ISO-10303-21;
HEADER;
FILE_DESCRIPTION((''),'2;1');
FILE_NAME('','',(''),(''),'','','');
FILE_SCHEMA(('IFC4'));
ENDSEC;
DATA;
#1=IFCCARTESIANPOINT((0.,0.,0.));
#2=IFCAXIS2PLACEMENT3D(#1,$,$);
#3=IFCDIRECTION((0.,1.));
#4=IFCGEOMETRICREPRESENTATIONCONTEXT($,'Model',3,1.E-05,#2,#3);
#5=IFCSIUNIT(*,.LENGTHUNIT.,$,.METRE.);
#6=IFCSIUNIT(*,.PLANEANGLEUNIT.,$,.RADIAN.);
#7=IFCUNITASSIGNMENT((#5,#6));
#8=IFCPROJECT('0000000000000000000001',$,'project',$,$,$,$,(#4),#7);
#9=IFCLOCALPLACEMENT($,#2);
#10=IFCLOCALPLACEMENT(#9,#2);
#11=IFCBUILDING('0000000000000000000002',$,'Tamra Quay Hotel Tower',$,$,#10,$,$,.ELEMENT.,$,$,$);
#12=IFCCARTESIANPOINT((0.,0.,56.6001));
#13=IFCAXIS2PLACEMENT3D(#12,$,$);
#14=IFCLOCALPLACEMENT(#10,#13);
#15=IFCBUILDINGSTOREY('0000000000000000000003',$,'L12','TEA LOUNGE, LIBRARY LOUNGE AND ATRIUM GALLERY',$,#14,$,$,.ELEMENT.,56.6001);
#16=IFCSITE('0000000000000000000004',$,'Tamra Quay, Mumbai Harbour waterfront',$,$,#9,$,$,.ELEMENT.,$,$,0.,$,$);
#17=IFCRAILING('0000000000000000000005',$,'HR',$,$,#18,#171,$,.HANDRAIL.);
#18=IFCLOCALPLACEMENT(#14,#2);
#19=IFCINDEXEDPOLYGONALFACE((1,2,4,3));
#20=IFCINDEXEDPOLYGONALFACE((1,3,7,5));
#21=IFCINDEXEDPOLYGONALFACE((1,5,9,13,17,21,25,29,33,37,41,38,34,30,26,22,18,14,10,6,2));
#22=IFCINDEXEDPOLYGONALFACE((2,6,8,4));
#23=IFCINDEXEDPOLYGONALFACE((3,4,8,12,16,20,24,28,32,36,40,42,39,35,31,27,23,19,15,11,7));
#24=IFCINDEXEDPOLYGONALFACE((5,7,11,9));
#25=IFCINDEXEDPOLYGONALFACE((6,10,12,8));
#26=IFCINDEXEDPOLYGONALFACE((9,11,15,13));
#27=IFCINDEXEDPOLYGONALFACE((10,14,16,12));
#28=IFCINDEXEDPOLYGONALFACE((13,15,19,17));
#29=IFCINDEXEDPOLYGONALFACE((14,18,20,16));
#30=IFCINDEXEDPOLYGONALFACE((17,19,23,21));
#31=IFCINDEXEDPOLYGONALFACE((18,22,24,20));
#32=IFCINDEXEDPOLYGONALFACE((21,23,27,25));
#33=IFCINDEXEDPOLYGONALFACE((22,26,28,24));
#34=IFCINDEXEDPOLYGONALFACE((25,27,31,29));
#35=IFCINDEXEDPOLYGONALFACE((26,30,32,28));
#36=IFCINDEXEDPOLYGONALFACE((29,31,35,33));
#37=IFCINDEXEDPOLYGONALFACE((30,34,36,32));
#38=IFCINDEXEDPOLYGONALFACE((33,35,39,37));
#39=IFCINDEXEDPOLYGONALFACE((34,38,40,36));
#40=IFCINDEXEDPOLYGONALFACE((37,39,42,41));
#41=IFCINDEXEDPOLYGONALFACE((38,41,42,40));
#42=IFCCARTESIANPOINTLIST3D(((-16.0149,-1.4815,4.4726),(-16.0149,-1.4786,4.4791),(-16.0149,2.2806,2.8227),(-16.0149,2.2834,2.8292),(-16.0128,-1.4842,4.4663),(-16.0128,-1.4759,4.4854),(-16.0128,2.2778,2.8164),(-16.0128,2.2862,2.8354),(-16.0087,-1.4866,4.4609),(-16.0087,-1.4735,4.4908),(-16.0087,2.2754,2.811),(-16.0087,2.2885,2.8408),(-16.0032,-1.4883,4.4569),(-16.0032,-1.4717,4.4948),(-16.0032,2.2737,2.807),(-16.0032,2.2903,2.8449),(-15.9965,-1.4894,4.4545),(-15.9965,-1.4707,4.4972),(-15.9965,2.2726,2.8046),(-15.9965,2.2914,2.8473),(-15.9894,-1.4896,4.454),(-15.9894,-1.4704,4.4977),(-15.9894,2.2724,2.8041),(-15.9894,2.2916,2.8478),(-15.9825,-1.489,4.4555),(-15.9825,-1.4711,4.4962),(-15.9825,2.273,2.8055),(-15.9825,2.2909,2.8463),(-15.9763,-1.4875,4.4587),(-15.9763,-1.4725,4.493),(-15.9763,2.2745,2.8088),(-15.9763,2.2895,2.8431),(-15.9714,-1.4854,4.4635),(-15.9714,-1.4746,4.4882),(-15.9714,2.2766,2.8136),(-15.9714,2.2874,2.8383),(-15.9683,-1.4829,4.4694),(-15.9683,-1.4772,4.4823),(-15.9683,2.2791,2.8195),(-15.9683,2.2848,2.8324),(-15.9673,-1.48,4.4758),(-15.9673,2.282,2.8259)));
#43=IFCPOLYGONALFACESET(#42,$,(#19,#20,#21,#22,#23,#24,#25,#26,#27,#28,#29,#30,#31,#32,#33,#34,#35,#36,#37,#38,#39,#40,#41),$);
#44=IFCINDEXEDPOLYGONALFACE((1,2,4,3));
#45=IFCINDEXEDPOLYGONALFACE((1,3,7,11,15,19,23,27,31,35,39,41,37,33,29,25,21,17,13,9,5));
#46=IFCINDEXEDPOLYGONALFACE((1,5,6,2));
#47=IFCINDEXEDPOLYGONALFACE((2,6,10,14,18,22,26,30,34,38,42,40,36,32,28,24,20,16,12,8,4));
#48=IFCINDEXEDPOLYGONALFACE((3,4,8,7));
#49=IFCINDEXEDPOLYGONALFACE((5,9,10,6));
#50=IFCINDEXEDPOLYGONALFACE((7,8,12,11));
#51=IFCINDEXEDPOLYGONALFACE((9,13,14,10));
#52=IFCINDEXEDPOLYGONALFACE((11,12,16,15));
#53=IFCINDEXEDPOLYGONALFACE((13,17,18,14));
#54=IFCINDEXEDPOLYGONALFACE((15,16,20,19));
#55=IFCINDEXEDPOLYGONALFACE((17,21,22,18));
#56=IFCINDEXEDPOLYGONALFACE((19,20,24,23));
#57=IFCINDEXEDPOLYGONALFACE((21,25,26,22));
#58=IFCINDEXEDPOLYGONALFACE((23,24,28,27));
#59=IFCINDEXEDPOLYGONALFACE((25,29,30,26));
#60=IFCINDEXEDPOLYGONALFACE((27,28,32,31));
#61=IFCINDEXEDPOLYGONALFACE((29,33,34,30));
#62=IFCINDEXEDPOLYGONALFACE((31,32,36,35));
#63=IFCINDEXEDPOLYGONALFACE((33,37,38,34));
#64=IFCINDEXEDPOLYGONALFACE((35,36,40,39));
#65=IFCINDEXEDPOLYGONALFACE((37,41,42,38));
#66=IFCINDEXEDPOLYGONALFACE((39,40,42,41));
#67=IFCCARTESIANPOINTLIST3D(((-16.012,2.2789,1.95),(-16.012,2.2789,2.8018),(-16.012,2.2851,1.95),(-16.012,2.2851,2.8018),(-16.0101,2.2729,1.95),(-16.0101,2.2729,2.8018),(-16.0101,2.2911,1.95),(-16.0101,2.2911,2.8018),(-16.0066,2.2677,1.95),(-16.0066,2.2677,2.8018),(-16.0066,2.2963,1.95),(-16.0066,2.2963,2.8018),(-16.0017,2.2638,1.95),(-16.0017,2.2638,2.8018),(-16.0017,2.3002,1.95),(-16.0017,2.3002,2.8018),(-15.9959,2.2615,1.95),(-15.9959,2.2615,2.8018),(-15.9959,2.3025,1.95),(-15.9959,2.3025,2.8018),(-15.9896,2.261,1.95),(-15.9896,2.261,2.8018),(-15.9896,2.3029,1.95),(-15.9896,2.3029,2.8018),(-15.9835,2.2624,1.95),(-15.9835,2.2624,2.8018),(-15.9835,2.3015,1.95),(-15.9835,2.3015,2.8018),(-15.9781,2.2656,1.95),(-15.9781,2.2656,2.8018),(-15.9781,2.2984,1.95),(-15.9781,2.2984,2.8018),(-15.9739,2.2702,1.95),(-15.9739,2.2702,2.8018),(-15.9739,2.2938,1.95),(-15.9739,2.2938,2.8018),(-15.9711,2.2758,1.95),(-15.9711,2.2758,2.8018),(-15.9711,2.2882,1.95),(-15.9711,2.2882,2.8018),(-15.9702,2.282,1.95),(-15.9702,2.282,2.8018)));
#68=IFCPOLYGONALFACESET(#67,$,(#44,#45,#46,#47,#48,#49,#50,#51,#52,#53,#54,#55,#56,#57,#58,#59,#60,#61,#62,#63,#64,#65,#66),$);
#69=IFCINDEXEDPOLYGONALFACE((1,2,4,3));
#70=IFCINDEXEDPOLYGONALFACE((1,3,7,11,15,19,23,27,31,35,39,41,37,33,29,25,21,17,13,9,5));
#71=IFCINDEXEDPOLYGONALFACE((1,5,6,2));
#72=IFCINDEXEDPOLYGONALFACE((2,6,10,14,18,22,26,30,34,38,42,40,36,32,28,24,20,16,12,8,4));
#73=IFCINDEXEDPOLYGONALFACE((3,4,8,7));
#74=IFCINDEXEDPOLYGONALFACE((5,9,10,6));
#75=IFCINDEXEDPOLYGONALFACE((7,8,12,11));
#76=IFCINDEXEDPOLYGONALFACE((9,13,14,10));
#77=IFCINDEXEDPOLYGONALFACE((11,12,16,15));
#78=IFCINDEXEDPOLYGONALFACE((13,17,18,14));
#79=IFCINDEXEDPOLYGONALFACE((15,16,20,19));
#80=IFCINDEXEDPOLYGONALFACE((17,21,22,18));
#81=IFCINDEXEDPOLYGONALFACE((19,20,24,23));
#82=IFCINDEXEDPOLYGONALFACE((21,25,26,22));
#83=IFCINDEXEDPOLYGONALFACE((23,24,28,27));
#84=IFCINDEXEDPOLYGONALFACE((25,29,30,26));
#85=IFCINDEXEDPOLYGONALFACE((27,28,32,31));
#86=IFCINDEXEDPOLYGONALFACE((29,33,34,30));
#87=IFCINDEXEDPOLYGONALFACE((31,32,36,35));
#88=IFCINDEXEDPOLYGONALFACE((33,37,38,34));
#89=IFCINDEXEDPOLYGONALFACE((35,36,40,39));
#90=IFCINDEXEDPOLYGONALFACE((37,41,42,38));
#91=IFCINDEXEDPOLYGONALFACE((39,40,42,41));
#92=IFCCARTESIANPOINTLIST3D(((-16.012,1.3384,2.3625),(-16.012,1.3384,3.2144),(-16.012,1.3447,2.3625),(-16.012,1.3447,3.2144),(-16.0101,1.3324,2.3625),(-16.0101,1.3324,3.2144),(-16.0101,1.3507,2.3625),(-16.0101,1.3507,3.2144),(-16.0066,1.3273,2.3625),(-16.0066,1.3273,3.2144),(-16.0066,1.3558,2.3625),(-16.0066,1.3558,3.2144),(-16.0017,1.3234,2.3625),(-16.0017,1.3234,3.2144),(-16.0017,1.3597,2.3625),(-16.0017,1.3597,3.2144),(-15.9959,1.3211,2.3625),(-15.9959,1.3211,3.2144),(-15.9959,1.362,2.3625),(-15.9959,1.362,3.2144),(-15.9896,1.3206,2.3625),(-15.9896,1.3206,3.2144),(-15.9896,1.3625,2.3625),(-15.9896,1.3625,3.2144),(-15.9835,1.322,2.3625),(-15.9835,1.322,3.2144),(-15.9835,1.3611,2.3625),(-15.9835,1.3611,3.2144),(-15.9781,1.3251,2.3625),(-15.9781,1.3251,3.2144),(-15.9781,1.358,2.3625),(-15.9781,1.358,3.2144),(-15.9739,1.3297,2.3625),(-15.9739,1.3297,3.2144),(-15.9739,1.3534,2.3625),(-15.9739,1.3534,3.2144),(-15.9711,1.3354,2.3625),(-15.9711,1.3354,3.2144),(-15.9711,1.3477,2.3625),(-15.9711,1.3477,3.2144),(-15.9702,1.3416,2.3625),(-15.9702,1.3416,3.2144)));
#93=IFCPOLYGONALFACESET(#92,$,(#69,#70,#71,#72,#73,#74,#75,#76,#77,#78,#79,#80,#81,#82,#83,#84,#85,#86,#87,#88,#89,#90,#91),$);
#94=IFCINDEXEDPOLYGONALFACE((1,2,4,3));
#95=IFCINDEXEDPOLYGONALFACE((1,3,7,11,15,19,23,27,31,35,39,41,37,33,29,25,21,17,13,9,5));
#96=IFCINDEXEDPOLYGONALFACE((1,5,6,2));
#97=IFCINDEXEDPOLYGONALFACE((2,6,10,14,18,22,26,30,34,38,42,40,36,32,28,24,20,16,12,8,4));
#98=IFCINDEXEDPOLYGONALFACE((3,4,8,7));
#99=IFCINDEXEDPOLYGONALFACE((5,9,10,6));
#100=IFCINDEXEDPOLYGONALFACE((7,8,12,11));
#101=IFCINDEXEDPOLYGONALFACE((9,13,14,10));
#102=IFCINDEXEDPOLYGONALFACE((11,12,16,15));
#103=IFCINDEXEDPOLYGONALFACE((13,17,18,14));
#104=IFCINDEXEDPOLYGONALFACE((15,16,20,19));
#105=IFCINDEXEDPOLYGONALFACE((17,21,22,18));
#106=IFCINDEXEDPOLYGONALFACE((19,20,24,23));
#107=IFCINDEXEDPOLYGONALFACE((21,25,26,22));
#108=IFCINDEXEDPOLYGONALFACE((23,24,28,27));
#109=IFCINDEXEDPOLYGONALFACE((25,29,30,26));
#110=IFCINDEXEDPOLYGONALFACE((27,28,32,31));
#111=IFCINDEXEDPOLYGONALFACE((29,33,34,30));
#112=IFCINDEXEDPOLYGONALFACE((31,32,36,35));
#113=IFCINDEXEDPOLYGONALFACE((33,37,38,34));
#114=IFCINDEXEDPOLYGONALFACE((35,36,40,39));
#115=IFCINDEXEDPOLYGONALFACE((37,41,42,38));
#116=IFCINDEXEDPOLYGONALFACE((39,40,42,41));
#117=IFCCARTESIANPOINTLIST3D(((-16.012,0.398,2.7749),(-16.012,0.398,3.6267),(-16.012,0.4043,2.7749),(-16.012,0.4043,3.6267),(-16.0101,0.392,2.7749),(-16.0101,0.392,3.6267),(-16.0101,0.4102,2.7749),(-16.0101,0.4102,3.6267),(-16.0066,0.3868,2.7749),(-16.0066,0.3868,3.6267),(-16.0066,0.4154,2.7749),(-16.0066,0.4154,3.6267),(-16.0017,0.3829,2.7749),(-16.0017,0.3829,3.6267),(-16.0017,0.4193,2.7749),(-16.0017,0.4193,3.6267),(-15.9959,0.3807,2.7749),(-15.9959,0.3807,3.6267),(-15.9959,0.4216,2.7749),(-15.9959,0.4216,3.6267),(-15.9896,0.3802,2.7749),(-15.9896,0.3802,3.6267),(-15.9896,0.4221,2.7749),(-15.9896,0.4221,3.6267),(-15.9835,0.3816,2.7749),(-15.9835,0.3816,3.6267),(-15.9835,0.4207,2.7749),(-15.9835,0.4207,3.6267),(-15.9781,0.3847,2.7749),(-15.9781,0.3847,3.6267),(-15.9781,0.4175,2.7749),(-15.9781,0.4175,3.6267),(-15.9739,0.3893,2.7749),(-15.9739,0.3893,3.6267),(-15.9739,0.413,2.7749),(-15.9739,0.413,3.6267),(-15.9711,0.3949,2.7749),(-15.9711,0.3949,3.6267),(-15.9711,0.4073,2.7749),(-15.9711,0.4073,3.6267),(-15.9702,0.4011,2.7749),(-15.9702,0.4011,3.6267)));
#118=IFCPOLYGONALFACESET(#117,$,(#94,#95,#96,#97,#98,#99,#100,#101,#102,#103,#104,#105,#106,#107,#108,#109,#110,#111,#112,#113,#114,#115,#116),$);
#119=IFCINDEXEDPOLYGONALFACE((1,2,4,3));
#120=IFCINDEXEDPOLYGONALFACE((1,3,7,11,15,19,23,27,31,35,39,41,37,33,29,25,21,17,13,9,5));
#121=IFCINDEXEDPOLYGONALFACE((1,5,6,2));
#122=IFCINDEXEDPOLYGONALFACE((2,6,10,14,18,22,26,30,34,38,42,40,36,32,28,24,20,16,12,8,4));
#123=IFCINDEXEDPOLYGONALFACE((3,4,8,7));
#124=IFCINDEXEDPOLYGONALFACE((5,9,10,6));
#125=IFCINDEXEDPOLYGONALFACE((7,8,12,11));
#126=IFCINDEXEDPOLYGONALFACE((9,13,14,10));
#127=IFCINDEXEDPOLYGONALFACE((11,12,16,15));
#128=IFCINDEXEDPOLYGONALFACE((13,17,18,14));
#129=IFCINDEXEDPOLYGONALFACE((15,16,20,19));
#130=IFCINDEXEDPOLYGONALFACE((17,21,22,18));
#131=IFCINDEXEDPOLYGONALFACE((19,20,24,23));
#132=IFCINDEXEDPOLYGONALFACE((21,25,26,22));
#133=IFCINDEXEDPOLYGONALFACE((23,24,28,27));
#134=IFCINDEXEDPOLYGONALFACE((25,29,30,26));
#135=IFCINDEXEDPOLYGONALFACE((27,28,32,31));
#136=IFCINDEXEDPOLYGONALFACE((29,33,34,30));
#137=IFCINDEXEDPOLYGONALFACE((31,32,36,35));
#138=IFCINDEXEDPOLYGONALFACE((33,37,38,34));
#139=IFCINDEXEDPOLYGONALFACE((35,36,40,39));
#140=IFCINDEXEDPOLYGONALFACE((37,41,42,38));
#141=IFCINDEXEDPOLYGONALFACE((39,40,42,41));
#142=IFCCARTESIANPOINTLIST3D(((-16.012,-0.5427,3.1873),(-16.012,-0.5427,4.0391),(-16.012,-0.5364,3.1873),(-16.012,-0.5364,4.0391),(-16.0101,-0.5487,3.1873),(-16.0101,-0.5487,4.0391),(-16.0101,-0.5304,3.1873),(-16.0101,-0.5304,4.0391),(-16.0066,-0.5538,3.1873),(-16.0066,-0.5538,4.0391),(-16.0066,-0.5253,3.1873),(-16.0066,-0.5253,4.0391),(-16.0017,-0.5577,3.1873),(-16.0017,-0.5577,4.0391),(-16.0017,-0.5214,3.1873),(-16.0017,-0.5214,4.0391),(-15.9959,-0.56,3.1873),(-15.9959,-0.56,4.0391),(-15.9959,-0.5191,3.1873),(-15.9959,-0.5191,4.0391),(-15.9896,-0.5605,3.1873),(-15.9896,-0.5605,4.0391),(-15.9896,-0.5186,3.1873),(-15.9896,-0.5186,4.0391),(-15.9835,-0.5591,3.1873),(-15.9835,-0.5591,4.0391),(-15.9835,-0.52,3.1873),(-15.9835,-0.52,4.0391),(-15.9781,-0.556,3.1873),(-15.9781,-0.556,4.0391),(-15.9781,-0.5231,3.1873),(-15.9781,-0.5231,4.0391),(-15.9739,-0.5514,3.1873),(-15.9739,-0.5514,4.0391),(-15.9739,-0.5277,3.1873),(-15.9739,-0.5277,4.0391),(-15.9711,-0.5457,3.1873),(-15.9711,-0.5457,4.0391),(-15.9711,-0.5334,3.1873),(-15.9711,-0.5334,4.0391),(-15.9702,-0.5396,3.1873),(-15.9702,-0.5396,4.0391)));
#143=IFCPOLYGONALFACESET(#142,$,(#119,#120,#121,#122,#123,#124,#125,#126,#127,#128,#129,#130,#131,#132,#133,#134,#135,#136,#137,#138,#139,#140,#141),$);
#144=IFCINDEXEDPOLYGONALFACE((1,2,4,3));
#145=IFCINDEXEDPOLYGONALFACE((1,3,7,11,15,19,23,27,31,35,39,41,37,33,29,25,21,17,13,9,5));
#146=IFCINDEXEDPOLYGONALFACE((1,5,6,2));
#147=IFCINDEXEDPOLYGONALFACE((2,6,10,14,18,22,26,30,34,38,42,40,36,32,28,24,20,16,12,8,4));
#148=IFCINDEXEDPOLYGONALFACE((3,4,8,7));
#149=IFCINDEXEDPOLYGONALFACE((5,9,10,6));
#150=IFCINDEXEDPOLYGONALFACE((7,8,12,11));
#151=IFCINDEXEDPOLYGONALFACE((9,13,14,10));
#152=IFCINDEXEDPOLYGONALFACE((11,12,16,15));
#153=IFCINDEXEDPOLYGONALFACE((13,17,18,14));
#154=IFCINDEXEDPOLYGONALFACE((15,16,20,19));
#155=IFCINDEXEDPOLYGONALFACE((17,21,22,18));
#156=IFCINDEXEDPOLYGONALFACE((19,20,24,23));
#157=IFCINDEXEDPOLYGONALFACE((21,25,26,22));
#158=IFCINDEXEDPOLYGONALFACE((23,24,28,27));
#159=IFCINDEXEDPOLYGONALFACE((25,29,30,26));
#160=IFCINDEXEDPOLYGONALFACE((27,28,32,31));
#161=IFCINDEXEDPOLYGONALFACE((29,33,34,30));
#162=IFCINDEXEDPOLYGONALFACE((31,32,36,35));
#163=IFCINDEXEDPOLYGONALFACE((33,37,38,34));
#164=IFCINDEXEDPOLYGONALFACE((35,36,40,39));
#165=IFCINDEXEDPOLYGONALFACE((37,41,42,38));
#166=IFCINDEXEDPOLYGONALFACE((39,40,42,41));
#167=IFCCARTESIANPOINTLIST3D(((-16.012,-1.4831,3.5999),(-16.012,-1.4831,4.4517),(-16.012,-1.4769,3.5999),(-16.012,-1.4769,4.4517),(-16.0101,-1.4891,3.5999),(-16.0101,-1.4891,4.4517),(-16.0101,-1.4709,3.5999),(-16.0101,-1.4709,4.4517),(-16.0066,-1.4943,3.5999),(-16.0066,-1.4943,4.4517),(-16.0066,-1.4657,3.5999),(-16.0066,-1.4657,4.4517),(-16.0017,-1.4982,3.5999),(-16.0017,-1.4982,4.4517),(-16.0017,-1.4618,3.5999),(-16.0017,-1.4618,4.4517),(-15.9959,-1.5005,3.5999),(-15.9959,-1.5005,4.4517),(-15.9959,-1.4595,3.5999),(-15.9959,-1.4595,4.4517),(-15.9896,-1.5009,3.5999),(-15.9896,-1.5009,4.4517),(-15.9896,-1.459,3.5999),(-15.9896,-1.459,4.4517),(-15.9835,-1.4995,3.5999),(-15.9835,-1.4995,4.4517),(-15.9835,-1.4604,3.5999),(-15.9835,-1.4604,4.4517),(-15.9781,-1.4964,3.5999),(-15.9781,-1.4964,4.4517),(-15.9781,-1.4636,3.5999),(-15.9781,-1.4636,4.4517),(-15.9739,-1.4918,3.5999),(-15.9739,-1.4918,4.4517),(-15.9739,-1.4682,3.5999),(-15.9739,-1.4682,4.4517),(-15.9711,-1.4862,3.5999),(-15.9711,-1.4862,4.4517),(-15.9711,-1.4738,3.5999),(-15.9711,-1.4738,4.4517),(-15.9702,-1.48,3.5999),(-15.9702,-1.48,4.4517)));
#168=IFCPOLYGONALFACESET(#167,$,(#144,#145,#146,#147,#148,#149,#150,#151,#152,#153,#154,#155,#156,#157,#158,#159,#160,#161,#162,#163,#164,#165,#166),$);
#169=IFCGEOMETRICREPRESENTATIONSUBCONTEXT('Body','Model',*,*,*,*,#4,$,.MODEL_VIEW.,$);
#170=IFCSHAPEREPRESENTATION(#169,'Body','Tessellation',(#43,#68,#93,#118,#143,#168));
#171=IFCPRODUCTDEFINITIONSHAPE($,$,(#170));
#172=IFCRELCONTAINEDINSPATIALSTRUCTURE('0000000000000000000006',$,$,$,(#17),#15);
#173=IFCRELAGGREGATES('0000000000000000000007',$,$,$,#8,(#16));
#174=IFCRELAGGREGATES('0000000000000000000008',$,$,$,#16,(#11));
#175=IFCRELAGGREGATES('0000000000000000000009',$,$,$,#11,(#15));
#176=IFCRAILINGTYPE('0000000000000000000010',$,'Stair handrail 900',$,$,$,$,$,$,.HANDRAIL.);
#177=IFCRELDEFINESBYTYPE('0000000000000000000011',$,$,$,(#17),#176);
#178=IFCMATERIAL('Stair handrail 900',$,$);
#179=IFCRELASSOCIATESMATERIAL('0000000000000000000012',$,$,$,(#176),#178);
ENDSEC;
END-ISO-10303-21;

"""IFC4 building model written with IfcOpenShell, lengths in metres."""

from ifc_helpers import new_model, si_unit, direction, frame, origin, origin_2d, place, context, subcontext, project, spatial, circle, extrude, material, type_object, element, save


model = new_model("IFC4")

# Units and contexts
model_context = context("Model", 3, precision=1e-05, world=origin(), true_north=direction((0.0, 1.0)))
body_context = subcontext(model_context, "Body", "Model", "MODEL_VIEW")
ifc_project = project(units=[si_unit("LENGTHUNIT", "METRE"), si_unit("PLANEANGLEUNIT", "RADIAN")], contexts=[model_context])

# Site, building, storey
site_placement = place(None, origin())
site = spatial("IfcSite", under=ifc_project, at=site_placement, Name="Tamra Quay, Mumbai Harbour waterfront", CompositionType="ELEMENT", RefElevation=0.0)
building_placement = place(site_placement, origin())
building = spatial("IfcBuilding", under=site, at=building_placement, Name="Tamra Quay Hotel Tower", CompositionType="ELEMENT")
storey_placement = place(building_placement, frame((0.0, 0.0, 56.6001)))
storey = spatial("IfcBuildingStorey", under=building, at=storey_placement, Name="L12", Description="TEA LOUNGE, LIBRARY LOUNGE AND ATRIUM GALLERY", CompositionType="ELEMENT", Elevation=56.6001)

# Railing
ifc_material_1 = material(Name="Stair handrail 900")
railing_type = type_object("IfcRailingType", Name="Stair handrail 900", PredefinedType="HANDRAIL", material=ifc_material_1)
railing_placement = place(storey_placement, frame((-15.9912, 2.282, 1.95)))
element("IfcRailing", 1, at=railing_placement, inside=storey, type_object=railing_type, Name="HR", PredefinedType="HANDRAIL", context=body_context, shape_type="SweptSolid", body=[
    extrude(circle(Radius=0.0239, at=origin_2d()), frame((0.0, 0.0, 0.876), z_axis=(0.0, -0.915795, 0.401645), x_axis=(1.0, 0.0, 0.0)), (0.0, 0.0, 1.0), 4.1079),
    extrude(circle(Radius=0.021, at=origin_2d()), origin(), (0.0, 0.0, 1.0), 0.8518),
    extrude(circle(Radius=0.021, at=origin_2d()), frame((0.0, -0.9404, 0.4126)), (0.0, 0.0, 1.0), 0.8518),
    extrude(circle(Radius=0.021, at=origin_2d()), frame((0.0, -1.8809, 0.825)), (0.0, 0.0, 1.0), 0.8518),
    extrude(circle(Radius=0.021, at=origin_2d()), frame((0.0, -2.8215, 1.2373)), (0.0, 0.0, 1.0), 0.8518),
    extrude(circle(Radius=0.021, at=origin_2d()), frame((0.0, -3.762, 1.6499)), (0.0, 0.0, 1.0), 0.8518),
])

save(model, "model.ifc")
